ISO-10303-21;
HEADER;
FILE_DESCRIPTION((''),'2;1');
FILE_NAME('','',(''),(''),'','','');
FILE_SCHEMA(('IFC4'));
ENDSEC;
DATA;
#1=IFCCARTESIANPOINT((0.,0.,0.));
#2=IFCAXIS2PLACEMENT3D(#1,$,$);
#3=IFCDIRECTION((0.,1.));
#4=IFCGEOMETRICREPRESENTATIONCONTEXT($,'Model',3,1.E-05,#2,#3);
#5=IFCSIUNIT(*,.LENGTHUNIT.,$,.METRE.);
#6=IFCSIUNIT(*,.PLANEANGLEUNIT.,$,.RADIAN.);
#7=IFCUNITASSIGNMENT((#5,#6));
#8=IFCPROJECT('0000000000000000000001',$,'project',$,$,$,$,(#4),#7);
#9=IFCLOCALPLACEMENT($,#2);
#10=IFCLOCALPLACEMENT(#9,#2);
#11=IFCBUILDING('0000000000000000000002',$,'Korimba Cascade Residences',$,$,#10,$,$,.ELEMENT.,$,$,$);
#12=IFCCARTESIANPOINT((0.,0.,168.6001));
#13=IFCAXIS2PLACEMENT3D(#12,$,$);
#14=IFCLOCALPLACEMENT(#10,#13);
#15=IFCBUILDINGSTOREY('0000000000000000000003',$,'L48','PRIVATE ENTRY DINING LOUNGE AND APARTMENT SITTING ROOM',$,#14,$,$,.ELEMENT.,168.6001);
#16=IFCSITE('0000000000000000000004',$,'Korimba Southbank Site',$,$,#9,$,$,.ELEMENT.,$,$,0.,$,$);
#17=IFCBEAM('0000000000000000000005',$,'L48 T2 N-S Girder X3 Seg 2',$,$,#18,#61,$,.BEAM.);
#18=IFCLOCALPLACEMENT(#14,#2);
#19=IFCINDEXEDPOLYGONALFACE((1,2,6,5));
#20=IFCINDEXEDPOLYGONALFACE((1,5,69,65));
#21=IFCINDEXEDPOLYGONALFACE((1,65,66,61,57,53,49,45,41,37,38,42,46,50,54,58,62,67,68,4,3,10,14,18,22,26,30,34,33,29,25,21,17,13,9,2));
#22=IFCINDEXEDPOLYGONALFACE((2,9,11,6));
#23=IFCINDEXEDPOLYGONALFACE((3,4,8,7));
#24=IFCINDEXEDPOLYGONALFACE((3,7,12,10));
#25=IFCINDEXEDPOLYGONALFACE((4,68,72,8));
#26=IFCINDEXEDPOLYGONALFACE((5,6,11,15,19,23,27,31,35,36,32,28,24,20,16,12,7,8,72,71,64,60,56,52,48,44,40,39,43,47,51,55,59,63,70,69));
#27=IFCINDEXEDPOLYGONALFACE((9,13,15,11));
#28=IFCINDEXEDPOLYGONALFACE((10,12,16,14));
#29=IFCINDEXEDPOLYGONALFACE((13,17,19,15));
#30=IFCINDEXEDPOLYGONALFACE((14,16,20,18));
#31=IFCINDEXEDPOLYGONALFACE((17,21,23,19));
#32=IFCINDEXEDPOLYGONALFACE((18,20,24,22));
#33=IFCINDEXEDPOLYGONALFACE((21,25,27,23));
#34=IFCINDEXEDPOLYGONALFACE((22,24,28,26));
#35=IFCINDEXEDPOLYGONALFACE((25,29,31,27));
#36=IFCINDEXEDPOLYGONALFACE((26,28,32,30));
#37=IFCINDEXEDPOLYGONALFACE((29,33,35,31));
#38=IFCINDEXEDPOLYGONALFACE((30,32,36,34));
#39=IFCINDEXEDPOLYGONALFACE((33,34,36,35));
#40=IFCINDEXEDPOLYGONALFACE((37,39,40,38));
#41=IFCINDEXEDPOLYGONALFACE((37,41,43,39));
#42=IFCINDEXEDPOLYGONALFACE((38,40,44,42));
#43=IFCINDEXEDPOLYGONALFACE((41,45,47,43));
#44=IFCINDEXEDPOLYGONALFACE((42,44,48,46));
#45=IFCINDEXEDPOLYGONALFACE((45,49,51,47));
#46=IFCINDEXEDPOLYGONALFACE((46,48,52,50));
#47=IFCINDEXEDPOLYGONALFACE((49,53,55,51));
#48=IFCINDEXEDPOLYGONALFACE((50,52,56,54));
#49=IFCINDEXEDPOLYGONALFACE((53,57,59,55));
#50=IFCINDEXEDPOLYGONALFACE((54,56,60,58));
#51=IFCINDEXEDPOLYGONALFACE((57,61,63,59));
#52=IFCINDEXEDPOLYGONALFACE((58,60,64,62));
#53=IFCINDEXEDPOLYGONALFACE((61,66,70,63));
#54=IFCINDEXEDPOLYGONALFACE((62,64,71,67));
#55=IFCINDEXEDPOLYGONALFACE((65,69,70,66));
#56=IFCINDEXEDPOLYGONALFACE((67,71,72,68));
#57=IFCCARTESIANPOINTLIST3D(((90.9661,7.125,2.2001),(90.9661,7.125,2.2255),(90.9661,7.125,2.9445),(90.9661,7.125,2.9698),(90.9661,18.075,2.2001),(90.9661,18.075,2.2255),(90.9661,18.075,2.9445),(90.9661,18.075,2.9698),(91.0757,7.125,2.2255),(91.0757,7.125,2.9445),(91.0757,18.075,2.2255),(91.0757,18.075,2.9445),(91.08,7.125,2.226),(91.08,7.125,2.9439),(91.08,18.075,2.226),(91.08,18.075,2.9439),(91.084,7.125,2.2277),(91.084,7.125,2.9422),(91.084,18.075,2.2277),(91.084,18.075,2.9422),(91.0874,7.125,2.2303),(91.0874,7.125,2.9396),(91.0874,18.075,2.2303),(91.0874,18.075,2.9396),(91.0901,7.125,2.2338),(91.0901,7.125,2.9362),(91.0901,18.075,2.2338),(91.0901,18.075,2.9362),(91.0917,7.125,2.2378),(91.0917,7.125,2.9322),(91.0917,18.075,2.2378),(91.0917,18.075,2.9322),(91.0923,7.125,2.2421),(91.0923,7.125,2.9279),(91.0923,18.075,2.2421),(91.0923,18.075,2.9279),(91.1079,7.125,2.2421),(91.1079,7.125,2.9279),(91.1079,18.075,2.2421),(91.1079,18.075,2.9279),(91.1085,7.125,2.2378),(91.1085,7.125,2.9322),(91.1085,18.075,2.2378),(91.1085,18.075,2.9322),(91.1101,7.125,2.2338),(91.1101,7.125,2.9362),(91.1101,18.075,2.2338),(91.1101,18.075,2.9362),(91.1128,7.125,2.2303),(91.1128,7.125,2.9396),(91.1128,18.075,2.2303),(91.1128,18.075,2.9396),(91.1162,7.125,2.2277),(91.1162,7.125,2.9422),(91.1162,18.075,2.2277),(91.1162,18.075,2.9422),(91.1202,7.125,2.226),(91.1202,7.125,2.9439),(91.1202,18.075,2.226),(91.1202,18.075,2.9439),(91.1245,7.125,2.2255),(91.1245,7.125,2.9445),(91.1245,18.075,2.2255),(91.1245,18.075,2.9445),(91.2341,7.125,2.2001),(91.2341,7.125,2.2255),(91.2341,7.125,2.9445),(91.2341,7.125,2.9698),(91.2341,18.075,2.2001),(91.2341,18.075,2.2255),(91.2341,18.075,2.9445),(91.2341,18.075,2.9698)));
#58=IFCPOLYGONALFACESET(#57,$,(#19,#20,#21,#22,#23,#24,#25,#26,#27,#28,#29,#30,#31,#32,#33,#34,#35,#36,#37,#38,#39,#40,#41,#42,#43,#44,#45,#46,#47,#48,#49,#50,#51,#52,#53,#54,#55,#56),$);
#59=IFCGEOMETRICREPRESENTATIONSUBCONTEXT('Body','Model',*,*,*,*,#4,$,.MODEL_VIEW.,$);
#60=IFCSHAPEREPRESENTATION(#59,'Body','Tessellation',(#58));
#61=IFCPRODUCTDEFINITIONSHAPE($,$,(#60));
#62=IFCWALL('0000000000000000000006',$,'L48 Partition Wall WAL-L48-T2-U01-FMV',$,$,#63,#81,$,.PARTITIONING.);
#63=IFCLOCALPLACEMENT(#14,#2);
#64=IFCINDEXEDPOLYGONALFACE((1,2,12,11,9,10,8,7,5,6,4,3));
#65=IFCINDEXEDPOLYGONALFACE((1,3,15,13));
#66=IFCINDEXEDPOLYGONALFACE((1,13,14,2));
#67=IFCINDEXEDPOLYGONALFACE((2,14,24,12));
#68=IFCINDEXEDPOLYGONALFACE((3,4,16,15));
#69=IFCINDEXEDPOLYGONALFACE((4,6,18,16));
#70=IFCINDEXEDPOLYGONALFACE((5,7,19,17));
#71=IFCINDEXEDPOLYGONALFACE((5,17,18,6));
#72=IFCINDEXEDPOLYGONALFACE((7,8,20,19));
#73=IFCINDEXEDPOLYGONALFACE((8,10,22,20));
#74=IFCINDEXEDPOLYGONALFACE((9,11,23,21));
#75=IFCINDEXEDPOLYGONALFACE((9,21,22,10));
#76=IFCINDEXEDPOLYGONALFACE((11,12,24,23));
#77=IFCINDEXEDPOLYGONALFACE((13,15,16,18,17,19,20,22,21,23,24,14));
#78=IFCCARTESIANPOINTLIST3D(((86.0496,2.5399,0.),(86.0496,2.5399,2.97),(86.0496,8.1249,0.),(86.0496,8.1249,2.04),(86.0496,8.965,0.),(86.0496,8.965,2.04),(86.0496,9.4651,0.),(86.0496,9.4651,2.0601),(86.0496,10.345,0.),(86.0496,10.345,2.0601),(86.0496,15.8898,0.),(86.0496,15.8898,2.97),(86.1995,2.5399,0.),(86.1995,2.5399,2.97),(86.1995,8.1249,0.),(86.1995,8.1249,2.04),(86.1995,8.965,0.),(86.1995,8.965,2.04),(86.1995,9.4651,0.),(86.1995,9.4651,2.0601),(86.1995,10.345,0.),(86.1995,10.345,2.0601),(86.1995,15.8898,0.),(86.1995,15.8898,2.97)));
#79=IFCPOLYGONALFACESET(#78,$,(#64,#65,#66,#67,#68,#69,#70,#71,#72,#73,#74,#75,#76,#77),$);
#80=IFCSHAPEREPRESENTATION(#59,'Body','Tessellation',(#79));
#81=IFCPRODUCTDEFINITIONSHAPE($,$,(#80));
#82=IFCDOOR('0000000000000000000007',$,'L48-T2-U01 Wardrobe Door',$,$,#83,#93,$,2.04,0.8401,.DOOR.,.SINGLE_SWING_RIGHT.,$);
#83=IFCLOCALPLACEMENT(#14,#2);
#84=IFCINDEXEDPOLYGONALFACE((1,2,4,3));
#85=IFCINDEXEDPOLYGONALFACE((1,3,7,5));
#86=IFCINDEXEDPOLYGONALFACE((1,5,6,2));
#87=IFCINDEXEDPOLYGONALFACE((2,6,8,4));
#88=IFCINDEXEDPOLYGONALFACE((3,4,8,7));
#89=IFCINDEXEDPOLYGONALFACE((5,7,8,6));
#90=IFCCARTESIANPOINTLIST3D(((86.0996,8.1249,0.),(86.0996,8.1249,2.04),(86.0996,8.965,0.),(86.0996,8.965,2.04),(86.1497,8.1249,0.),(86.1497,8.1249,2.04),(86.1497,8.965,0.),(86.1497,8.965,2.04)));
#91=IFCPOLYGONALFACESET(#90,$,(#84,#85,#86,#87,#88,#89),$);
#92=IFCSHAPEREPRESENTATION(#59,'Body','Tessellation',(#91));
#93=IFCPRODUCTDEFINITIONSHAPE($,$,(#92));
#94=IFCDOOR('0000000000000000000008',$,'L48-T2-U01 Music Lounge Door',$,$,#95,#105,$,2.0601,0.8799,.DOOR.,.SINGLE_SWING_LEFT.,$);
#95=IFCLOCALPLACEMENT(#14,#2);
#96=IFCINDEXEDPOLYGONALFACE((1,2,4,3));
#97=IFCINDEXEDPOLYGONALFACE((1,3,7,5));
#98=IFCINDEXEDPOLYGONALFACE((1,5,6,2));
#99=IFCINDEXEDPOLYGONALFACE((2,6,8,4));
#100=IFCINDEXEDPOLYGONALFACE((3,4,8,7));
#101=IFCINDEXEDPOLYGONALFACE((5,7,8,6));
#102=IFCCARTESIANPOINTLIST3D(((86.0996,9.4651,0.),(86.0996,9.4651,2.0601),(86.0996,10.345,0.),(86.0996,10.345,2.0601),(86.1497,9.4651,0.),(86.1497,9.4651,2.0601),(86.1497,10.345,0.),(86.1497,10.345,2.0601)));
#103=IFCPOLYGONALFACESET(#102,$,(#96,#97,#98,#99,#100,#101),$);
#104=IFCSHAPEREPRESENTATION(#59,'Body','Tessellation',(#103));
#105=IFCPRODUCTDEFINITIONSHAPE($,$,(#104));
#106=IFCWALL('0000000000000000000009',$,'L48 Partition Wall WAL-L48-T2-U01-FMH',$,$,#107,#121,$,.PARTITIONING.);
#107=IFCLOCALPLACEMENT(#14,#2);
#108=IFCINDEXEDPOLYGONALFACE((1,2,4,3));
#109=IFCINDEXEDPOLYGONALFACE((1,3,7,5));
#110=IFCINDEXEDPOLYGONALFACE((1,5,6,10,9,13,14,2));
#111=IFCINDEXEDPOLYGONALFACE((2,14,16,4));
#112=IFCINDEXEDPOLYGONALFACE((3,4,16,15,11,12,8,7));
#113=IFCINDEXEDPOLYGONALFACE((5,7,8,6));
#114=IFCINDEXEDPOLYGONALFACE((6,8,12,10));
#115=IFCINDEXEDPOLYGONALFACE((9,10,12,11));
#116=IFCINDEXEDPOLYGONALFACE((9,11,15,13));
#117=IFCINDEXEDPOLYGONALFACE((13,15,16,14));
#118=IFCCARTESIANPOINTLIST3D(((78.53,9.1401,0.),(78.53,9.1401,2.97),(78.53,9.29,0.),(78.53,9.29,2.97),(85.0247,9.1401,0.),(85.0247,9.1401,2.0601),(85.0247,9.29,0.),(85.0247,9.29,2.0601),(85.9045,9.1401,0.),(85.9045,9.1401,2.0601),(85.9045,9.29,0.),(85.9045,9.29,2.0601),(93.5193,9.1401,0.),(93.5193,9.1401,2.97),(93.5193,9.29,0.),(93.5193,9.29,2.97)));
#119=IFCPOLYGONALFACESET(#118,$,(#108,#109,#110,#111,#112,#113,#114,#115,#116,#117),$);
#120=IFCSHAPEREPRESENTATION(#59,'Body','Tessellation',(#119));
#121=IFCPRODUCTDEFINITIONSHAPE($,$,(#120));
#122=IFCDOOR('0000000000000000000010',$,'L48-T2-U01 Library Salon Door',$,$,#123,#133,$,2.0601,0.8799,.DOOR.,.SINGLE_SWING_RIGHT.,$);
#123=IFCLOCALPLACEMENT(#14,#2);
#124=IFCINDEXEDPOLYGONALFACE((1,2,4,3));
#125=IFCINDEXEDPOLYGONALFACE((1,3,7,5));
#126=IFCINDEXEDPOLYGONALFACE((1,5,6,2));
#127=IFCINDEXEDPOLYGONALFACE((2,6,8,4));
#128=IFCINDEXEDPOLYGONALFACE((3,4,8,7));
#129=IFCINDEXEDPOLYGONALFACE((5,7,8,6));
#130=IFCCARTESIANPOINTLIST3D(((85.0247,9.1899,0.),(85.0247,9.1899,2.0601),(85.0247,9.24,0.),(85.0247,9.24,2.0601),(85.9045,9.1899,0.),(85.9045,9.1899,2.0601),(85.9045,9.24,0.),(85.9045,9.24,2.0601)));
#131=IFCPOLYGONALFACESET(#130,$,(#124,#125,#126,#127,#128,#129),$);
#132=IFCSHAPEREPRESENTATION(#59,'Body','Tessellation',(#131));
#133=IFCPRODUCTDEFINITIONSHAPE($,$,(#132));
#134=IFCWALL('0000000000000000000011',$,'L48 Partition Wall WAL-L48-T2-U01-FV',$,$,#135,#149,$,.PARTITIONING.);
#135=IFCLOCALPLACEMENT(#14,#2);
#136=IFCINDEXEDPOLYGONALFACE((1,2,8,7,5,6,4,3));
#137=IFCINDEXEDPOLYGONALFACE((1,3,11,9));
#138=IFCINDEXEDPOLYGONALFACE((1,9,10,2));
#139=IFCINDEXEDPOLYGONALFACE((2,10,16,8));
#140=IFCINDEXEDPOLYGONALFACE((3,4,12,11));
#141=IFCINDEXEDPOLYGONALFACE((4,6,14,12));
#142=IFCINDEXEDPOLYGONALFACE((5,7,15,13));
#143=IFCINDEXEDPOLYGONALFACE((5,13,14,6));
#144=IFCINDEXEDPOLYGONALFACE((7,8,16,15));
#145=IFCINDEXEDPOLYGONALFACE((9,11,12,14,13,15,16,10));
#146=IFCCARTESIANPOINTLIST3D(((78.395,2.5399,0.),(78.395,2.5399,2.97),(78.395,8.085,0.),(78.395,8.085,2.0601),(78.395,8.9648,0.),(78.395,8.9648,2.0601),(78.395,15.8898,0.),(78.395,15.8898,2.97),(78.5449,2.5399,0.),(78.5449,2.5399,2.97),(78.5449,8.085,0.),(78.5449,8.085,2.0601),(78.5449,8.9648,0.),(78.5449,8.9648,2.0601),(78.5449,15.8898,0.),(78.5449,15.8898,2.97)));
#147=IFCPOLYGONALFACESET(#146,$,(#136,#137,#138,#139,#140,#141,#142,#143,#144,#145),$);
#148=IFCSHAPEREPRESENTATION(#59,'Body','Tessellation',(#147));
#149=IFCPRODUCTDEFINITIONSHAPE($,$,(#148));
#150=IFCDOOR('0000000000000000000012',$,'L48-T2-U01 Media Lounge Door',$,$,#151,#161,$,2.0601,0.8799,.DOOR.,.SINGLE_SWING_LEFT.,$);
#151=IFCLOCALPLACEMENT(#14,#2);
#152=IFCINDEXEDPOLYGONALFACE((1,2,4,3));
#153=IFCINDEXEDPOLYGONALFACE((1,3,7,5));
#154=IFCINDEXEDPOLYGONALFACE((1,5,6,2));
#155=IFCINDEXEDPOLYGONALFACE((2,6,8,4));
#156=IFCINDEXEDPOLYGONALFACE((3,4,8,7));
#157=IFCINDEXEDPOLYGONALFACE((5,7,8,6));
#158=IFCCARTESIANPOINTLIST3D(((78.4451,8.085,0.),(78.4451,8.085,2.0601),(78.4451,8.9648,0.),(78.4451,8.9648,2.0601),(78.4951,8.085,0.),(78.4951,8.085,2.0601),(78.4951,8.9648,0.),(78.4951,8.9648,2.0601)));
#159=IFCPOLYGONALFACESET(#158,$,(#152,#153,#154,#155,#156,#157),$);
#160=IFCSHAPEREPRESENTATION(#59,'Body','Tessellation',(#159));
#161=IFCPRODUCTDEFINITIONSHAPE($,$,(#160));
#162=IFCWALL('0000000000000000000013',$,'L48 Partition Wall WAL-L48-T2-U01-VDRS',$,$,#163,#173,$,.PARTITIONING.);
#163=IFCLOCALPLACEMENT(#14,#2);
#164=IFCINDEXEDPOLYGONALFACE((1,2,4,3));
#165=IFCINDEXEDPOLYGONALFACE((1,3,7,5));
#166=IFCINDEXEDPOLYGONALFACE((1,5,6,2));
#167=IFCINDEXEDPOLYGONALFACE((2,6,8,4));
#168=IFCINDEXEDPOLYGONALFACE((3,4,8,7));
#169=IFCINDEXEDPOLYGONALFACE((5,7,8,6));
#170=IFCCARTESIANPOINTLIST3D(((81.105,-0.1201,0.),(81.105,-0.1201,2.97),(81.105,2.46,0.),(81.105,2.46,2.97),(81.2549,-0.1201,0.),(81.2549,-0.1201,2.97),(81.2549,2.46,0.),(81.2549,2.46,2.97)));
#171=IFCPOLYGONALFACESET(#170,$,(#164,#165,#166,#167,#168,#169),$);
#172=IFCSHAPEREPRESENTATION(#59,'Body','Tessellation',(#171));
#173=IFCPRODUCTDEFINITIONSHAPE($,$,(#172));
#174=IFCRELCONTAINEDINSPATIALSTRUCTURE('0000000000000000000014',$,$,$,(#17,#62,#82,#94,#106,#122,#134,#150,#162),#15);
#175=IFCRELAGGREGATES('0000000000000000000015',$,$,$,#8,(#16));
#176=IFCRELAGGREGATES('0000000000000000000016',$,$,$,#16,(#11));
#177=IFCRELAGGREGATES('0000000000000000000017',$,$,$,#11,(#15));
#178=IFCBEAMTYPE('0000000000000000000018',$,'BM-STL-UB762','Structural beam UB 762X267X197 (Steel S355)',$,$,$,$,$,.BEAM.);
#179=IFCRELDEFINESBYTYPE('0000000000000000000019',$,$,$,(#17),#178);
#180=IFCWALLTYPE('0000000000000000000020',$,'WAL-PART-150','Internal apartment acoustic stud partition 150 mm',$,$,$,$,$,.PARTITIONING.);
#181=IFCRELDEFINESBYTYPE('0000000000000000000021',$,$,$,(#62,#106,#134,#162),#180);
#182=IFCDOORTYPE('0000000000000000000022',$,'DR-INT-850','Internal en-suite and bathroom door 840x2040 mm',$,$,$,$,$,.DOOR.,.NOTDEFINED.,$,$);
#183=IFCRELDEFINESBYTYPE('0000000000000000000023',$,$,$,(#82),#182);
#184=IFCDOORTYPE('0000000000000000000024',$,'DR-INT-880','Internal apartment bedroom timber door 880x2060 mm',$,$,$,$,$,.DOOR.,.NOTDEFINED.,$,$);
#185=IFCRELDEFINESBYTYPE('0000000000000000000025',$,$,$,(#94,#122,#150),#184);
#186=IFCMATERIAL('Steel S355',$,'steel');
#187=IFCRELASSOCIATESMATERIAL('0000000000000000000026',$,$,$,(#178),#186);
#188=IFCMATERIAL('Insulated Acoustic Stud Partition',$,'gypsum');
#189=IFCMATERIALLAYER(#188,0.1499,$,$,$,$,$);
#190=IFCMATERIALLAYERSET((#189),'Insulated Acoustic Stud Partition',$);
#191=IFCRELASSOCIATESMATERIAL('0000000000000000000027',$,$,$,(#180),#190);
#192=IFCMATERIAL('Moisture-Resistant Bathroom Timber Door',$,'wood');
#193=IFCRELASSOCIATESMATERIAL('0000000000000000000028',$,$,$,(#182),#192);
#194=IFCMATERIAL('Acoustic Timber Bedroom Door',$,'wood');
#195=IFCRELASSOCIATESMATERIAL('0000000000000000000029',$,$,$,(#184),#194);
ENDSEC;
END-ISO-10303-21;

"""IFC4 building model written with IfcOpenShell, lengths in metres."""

from ifc_helpers import new_model, si_unit, direction, frame, frame_2d, origin, origin_2d, place, context, subcontext, project, spatial, rectangle, i_section, extrude, material, layer, layer_set, material_profile, profile_set, type_object, element, fill, save


model = new_model("IFC4")

# Units and contexts
model_context = context("Model", 3, precision=1e-05, world=origin(), true_north=direction((0.0, 1.0)))
body_context = subcontext(model_context, "Body", "Model", "MODEL_VIEW")
ifc_project = project(units=[si_unit("LENGTHUNIT", "METRE"), si_unit("PLANEANGLEUNIT", "RADIAN")], contexts=[model_context])

# Site, building, storey
site_placement = place(None, origin())
site = spatial("IfcSite", under=ifc_project, at=site_placement, Name="Korimba Southbank Site", CompositionType="ELEMENT", RefElevation=0.0)
building_placement = place(site_placement, origin())
building = spatial("IfcBuilding", under=site, at=building_placement, Name="Korimba Cascade Residences", CompositionType="ELEMENT")
storey_placement = place(building_placement, frame((0.0, 0.0, 168.6001)))
storey = spatial("IfcBuildingStorey", under=building, at=storey_placement, Name="L48", Description="PRIVATE ENTRY DINING LOUNGE AND APARTMENT SITTING ROOM", CompositionType="ELEMENT", Elevation=168.6001)

# Beam
ifc_material_1 = material(Name="Steel S355", Category="steel")
ifc_material_profile_1 = material_profile(ifc_material_1, i_section(OverallWidth=0.2681, OverallDepth=0.7698, WebThickness=0.0156, FlangeThickness=0.0254, FilletRadius=0.0166, at=origin_2d()), Name="Steel S355")
ifc_profile_set_1 = profile_set([ifc_material_profile_1], Name="Steel S355")
beam_type_1 = type_object("IfcBeamType", Name="BM-STL-UB762", Description="Structural beam UB 762X267X197 (Steel S355)", PredefinedType="BEAM", material=ifc_profile_set_1)
for number, where, z_axis, x_axis, name in (
    (1, (91.1001, 7.125, 2.585), (0.0, 1.0, 0.0), (-1.0, 0.0, 0.0), "L48 T2 N-S Girder X3 Seg 2"),
):
    element("IfcBeam", number, at=place(storey_placement, frame(where, z_axis=z_axis, x_axis=x_axis)), inside=storey, type_object=beam_type_1, Name=name, PredefinedType="BEAM", context=body_context, shape_type="SweptSolid", body=[
        extrude(i_section(OverallWidth=0.2681, OverallDepth=0.7698, WebThickness=0.0156, FlangeThickness=0.0254, FilletRadius=0.0166, at=origin_2d()), origin(), (0.0, 0.0, 1.0), 10.95),
    ])

# Wall, openings, doors
ifc_material_2 = material(Name="Insulated Acoustic Stud Partition", Category="gypsum")
ifc_layer = layer(ifc_material_2, 0.1499)
ifc_layer_set = layer_set([ifc_layer], Name="Insulated Acoustic Stud Partition")
wall_type = type_object("IfcWallType", Name="WAL-PART-150", Description="Internal apartment acoustic stud partition 150 mm", PredefinedType="PARTITIONING", material=ifc_layer_set)
wall_1_placement = place(storey_placement, frame((86.1245, 2.54, 0.0), z_axis=(0.0, 0.0, 1.0), x_axis=(0.0, 1.0, 0.0)))
wall_1 = element("IfcWall", 2, at=wall_1_placement, inside=storey, type_object=wall_type, Name="L48 Partition Wall WAL-L48-T2-U01-FMV", PredefinedType="PARTITIONING", context=body_context, shape_type="SweptSolid", body=[
    extrude(rectangle(XDim=13.3499, YDim=0.1499, at=frame_2d((6.6748, 0.0))), origin(), (0.0, 0.0, 1.0), 2.97),
])
opening_1_placement = place(wall_1_placement, frame((5.585, 0.0, 0.0)))
opening_1 = element("IfcOpeningElement", 3, at=opening_1_placement, cuts=wall_1, PredefinedType="OPENING", context=body_context, shape_type="SweptSolid", body=[
    extrude(rectangle(XDim=0.8401, YDim=2.04, at=frame_2d((0.4199, 1.02))), frame((0.0, 0.085, 0.0), z_axis=(0.0, -1.0, 0.0), x_axis=(1.0, 0.0, 0.0)), (0.0, 0.0, 1.0), 0.1699),
])
opening_2_placement = place(wall_1_placement, frame((6.925, 0.0, 0.0)))
opening_2 = element("IfcOpeningElement", 4, at=opening_2_placement, cuts=wall_1, PredefinedType="OPENING", context=body_context, shape_type="SweptSolid", body=[
    extrude(rectangle(XDim=0.8799, YDim=2.0601, at=frame_2d((0.4399, 1.03))), frame((0.0, 0.085, 0.0), z_axis=(0.0, -1.0, 0.0), x_axis=(1.0, 0.0, 0.0)), (0.0, 0.0, 1.0), 0.1699),
])
ifc_material_3 = material(Name="Moisture-Resistant Bathroom Timber Door", Category="wood")
door_type_1 = type_object("IfcDoorType", Name="DR-INT-850", Description="Internal en-suite and bathroom door 840x2040 mm", OperationType="NOTDEFINED", PredefinedType="DOOR", material=ifc_material_3)
door_1_placement = place(opening_1_placement, origin())
door_1 = element("IfcDoor", 5, at=door_1_placement, inside=storey, type_object=door_type_1, Name="L48-T2-U01 Wardrobe Door", OperationType="SINGLE_SWING_RIGHT", OverallHeight=2.04, OverallWidth=0.8401, PredefinedType="DOOR", context=body_context, shape_type="SweptSolid", body=[
    extrude(rectangle(XDim=0.8401, YDim=2.04, at=frame_2d((0.4199, 1.02))), frame((0.0, 0.0249, 0.0), z_axis=(0.0, -1.0, 0.0), x_axis=(1.0, 0.0, 0.0)), (0.0, 0.0, 1.0), 0.05),
])
fill(opening_1, door_1)
ifc_material_4 = material(Name="Acoustic Timber Bedroom Door", Category="wood")
door_type_2 = type_object("IfcDoorType", Name="DR-INT-880", Description="Internal apartment bedroom timber door 880x2060 mm", OperationType="NOTDEFINED", PredefinedType="DOOR", material=ifc_material_4)
door_2_placement = place(opening_2_placement, origin())
door_2 = element("IfcDoor", 6, at=door_2_placement, inside=storey, type_object=door_type_2, Name="L48-T2-U01 Music Lounge Door", OperationType="SINGLE_SWING_LEFT", OverallHeight=2.0601, OverallWidth=0.8799, PredefinedType="DOOR", context=body_context, shape_type="SweptSolid", body=[
    extrude(rectangle(XDim=0.8799, YDim=2.0601, at=frame_2d((0.4399, 1.03))), frame((0.0, 0.0249, 0.0), z_axis=(0.0, -1.0, 0.0), x_axis=(1.0, 0.0, 0.0)), (0.0, 0.0, 1.0), 0.05),
])
fill(opening_2, door_2)

# Walls, openings, doors
wall_2_placement = place(storey_placement, frame((78.53, 9.2151, 0.0), z_axis=(0.0, 0.0, 1.0), x_axis=(1.0, 0.0, 0.0)))
wall_2 = element("IfcWall", 7, at=wall_2_placement, inside=storey, type_object=wall_type, Name="L48 Partition Wall WAL-L48-T2-U01-FMH", PredefinedType="PARTITIONING", context=body_context, shape_type="SweptSolid", body=[
    extrude(rectangle(XDim=14.9893, YDim=0.1499, at=frame_2d((7.4946, 0.0))), origin(), (0.0, 0.0, 1.0), 2.97),
])
opening_3_placement = place(wall_2_placement, frame((6.4946, 0.0, 0.0)))
opening_3 = element("IfcOpeningElement", 8, at=opening_3_placement, cuts=wall_2, PredefinedType="OPENING", context=body_context, shape_type="SweptSolid", body=[
    extrude(rectangle(XDim=0.8799, YDim=2.0601, at=frame_2d((0.4399, 1.03))), frame((0.0, 0.085, 0.0), z_axis=(0.0, -1.0, 0.0), x_axis=(1.0, 0.0, 0.0)), (0.0, 0.0, 1.0), 0.1699),
])
door_3_placement = place(opening_3_placement, origin())
door_3 = element("IfcDoor", 9, at=door_3_placement, inside=storey, type_object=door_type_2, Name="L48-T2-U01 Library Salon Door", OperationType="SINGLE_SWING_RIGHT", OverallHeight=2.0601, OverallWidth=0.8799, PredefinedType="DOOR", context=body_context, shape_type="SweptSolid", body=[
    extrude(rectangle(XDim=0.8799, YDim=2.0601, at=frame_2d((0.4399, 1.03))), frame((0.0, 0.0249, 0.0), z_axis=(0.0, -1.0, 0.0), x_axis=(1.0, 0.0, 0.0)), (0.0, 0.0, 1.0), 0.05),
])
fill(opening_3, door_3)
wall_3_placement = place(storey_placement, frame((78.47, 2.54, 0.0), z_axis=(0.0, 0.0, 1.0), x_axis=(0.0, 1.0, 0.0)))
wall_3 = element("IfcWall", 10, at=wall_3_placement, inside=storey, type_object=wall_type, Name="L48 Partition Wall WAL-L48-T2-U01-FV", PredefinedType="PARTITIONING", context=body_context, shape_type="SweptSolid", body=[
    extrude(rectangle(XDim=13.3499, YDim=0.1499, at=frame_2d((6.6748, 0.0))), origin(), (0.0, 0.0, 1.0), 2.97),
])
opening_4_placement = place(wall_3_placement, frame((5.5449, 0.0, 0.0)))
opening_4 = element("IfcOpeningElement", 11, at=opening_4_placement, cuts=wall_3, PredefinedType="OPENING", context=body_context, shape_type="SweptSolid", body=[
    extrude(rectangle(XDim=0.8799, YDim=2.0601, at=frame_2d((0.4399, 1.03))), frame((0.0, 0.085, 0.0), z_axis=(0.0, -1.0, 0.0), x_axis=(1.0, 0.0, 0.0)), (0.0, 0.0, 1.0), 0.1699),
])
door_4_placement = place(opening_4_placement, origin())
door_4 = element("IfcDoor", 12, at=door_4_placement, inside=storey, type_object=door_type_2, Name="L48-T2-U01 Media Lounge Door", OperationType="SINGLE_SWING_LEFT", OverallHeight=2.0601, OverallWidth=0.8799, PredefinedType="DOOR", context=body_context, shape_type="SweptSolid", body=[
    extrude(rectangle(XDim=0.8799, YDim=2.0601, at=frame_2d((0.4399, 1.03))), frame((0.0, 0.0249, 0.0), z_axis=(0.0, -1.0, 0.0), x_axis=(1.0, 0.0, 0.0)), (0.0, 0.0, 1.0), 0.05),
])
fill(opening_4, door_4)

# Wall
for number, where, z_axis, x_axis, name in (
    (13, (81.1799, -0.1201, 0.0), (0.0, 0.0, 1.0), (0.0, 1.0, 0.0), "L48 Partition Wall WAL-L48-T2-U01-VDRS"),
):
    element("IfcWall", number, at=place(storey_placement, frame(where, z_axis=z_axis, x_axis=x_axis)), inside=storey, type_object=wall_type, Name=name, PredefinedType="PARTITIONING", context=body_context, shape_type="SweptSolid", body=[
        extrude(rectangle(XDim=2.5801, YDim=0.1499, at=frame_2d((1.29, 0.0))), origin(), (0.0, 0.0, 1.0), 2.97),
    ])

save(model, "model.ifc")
